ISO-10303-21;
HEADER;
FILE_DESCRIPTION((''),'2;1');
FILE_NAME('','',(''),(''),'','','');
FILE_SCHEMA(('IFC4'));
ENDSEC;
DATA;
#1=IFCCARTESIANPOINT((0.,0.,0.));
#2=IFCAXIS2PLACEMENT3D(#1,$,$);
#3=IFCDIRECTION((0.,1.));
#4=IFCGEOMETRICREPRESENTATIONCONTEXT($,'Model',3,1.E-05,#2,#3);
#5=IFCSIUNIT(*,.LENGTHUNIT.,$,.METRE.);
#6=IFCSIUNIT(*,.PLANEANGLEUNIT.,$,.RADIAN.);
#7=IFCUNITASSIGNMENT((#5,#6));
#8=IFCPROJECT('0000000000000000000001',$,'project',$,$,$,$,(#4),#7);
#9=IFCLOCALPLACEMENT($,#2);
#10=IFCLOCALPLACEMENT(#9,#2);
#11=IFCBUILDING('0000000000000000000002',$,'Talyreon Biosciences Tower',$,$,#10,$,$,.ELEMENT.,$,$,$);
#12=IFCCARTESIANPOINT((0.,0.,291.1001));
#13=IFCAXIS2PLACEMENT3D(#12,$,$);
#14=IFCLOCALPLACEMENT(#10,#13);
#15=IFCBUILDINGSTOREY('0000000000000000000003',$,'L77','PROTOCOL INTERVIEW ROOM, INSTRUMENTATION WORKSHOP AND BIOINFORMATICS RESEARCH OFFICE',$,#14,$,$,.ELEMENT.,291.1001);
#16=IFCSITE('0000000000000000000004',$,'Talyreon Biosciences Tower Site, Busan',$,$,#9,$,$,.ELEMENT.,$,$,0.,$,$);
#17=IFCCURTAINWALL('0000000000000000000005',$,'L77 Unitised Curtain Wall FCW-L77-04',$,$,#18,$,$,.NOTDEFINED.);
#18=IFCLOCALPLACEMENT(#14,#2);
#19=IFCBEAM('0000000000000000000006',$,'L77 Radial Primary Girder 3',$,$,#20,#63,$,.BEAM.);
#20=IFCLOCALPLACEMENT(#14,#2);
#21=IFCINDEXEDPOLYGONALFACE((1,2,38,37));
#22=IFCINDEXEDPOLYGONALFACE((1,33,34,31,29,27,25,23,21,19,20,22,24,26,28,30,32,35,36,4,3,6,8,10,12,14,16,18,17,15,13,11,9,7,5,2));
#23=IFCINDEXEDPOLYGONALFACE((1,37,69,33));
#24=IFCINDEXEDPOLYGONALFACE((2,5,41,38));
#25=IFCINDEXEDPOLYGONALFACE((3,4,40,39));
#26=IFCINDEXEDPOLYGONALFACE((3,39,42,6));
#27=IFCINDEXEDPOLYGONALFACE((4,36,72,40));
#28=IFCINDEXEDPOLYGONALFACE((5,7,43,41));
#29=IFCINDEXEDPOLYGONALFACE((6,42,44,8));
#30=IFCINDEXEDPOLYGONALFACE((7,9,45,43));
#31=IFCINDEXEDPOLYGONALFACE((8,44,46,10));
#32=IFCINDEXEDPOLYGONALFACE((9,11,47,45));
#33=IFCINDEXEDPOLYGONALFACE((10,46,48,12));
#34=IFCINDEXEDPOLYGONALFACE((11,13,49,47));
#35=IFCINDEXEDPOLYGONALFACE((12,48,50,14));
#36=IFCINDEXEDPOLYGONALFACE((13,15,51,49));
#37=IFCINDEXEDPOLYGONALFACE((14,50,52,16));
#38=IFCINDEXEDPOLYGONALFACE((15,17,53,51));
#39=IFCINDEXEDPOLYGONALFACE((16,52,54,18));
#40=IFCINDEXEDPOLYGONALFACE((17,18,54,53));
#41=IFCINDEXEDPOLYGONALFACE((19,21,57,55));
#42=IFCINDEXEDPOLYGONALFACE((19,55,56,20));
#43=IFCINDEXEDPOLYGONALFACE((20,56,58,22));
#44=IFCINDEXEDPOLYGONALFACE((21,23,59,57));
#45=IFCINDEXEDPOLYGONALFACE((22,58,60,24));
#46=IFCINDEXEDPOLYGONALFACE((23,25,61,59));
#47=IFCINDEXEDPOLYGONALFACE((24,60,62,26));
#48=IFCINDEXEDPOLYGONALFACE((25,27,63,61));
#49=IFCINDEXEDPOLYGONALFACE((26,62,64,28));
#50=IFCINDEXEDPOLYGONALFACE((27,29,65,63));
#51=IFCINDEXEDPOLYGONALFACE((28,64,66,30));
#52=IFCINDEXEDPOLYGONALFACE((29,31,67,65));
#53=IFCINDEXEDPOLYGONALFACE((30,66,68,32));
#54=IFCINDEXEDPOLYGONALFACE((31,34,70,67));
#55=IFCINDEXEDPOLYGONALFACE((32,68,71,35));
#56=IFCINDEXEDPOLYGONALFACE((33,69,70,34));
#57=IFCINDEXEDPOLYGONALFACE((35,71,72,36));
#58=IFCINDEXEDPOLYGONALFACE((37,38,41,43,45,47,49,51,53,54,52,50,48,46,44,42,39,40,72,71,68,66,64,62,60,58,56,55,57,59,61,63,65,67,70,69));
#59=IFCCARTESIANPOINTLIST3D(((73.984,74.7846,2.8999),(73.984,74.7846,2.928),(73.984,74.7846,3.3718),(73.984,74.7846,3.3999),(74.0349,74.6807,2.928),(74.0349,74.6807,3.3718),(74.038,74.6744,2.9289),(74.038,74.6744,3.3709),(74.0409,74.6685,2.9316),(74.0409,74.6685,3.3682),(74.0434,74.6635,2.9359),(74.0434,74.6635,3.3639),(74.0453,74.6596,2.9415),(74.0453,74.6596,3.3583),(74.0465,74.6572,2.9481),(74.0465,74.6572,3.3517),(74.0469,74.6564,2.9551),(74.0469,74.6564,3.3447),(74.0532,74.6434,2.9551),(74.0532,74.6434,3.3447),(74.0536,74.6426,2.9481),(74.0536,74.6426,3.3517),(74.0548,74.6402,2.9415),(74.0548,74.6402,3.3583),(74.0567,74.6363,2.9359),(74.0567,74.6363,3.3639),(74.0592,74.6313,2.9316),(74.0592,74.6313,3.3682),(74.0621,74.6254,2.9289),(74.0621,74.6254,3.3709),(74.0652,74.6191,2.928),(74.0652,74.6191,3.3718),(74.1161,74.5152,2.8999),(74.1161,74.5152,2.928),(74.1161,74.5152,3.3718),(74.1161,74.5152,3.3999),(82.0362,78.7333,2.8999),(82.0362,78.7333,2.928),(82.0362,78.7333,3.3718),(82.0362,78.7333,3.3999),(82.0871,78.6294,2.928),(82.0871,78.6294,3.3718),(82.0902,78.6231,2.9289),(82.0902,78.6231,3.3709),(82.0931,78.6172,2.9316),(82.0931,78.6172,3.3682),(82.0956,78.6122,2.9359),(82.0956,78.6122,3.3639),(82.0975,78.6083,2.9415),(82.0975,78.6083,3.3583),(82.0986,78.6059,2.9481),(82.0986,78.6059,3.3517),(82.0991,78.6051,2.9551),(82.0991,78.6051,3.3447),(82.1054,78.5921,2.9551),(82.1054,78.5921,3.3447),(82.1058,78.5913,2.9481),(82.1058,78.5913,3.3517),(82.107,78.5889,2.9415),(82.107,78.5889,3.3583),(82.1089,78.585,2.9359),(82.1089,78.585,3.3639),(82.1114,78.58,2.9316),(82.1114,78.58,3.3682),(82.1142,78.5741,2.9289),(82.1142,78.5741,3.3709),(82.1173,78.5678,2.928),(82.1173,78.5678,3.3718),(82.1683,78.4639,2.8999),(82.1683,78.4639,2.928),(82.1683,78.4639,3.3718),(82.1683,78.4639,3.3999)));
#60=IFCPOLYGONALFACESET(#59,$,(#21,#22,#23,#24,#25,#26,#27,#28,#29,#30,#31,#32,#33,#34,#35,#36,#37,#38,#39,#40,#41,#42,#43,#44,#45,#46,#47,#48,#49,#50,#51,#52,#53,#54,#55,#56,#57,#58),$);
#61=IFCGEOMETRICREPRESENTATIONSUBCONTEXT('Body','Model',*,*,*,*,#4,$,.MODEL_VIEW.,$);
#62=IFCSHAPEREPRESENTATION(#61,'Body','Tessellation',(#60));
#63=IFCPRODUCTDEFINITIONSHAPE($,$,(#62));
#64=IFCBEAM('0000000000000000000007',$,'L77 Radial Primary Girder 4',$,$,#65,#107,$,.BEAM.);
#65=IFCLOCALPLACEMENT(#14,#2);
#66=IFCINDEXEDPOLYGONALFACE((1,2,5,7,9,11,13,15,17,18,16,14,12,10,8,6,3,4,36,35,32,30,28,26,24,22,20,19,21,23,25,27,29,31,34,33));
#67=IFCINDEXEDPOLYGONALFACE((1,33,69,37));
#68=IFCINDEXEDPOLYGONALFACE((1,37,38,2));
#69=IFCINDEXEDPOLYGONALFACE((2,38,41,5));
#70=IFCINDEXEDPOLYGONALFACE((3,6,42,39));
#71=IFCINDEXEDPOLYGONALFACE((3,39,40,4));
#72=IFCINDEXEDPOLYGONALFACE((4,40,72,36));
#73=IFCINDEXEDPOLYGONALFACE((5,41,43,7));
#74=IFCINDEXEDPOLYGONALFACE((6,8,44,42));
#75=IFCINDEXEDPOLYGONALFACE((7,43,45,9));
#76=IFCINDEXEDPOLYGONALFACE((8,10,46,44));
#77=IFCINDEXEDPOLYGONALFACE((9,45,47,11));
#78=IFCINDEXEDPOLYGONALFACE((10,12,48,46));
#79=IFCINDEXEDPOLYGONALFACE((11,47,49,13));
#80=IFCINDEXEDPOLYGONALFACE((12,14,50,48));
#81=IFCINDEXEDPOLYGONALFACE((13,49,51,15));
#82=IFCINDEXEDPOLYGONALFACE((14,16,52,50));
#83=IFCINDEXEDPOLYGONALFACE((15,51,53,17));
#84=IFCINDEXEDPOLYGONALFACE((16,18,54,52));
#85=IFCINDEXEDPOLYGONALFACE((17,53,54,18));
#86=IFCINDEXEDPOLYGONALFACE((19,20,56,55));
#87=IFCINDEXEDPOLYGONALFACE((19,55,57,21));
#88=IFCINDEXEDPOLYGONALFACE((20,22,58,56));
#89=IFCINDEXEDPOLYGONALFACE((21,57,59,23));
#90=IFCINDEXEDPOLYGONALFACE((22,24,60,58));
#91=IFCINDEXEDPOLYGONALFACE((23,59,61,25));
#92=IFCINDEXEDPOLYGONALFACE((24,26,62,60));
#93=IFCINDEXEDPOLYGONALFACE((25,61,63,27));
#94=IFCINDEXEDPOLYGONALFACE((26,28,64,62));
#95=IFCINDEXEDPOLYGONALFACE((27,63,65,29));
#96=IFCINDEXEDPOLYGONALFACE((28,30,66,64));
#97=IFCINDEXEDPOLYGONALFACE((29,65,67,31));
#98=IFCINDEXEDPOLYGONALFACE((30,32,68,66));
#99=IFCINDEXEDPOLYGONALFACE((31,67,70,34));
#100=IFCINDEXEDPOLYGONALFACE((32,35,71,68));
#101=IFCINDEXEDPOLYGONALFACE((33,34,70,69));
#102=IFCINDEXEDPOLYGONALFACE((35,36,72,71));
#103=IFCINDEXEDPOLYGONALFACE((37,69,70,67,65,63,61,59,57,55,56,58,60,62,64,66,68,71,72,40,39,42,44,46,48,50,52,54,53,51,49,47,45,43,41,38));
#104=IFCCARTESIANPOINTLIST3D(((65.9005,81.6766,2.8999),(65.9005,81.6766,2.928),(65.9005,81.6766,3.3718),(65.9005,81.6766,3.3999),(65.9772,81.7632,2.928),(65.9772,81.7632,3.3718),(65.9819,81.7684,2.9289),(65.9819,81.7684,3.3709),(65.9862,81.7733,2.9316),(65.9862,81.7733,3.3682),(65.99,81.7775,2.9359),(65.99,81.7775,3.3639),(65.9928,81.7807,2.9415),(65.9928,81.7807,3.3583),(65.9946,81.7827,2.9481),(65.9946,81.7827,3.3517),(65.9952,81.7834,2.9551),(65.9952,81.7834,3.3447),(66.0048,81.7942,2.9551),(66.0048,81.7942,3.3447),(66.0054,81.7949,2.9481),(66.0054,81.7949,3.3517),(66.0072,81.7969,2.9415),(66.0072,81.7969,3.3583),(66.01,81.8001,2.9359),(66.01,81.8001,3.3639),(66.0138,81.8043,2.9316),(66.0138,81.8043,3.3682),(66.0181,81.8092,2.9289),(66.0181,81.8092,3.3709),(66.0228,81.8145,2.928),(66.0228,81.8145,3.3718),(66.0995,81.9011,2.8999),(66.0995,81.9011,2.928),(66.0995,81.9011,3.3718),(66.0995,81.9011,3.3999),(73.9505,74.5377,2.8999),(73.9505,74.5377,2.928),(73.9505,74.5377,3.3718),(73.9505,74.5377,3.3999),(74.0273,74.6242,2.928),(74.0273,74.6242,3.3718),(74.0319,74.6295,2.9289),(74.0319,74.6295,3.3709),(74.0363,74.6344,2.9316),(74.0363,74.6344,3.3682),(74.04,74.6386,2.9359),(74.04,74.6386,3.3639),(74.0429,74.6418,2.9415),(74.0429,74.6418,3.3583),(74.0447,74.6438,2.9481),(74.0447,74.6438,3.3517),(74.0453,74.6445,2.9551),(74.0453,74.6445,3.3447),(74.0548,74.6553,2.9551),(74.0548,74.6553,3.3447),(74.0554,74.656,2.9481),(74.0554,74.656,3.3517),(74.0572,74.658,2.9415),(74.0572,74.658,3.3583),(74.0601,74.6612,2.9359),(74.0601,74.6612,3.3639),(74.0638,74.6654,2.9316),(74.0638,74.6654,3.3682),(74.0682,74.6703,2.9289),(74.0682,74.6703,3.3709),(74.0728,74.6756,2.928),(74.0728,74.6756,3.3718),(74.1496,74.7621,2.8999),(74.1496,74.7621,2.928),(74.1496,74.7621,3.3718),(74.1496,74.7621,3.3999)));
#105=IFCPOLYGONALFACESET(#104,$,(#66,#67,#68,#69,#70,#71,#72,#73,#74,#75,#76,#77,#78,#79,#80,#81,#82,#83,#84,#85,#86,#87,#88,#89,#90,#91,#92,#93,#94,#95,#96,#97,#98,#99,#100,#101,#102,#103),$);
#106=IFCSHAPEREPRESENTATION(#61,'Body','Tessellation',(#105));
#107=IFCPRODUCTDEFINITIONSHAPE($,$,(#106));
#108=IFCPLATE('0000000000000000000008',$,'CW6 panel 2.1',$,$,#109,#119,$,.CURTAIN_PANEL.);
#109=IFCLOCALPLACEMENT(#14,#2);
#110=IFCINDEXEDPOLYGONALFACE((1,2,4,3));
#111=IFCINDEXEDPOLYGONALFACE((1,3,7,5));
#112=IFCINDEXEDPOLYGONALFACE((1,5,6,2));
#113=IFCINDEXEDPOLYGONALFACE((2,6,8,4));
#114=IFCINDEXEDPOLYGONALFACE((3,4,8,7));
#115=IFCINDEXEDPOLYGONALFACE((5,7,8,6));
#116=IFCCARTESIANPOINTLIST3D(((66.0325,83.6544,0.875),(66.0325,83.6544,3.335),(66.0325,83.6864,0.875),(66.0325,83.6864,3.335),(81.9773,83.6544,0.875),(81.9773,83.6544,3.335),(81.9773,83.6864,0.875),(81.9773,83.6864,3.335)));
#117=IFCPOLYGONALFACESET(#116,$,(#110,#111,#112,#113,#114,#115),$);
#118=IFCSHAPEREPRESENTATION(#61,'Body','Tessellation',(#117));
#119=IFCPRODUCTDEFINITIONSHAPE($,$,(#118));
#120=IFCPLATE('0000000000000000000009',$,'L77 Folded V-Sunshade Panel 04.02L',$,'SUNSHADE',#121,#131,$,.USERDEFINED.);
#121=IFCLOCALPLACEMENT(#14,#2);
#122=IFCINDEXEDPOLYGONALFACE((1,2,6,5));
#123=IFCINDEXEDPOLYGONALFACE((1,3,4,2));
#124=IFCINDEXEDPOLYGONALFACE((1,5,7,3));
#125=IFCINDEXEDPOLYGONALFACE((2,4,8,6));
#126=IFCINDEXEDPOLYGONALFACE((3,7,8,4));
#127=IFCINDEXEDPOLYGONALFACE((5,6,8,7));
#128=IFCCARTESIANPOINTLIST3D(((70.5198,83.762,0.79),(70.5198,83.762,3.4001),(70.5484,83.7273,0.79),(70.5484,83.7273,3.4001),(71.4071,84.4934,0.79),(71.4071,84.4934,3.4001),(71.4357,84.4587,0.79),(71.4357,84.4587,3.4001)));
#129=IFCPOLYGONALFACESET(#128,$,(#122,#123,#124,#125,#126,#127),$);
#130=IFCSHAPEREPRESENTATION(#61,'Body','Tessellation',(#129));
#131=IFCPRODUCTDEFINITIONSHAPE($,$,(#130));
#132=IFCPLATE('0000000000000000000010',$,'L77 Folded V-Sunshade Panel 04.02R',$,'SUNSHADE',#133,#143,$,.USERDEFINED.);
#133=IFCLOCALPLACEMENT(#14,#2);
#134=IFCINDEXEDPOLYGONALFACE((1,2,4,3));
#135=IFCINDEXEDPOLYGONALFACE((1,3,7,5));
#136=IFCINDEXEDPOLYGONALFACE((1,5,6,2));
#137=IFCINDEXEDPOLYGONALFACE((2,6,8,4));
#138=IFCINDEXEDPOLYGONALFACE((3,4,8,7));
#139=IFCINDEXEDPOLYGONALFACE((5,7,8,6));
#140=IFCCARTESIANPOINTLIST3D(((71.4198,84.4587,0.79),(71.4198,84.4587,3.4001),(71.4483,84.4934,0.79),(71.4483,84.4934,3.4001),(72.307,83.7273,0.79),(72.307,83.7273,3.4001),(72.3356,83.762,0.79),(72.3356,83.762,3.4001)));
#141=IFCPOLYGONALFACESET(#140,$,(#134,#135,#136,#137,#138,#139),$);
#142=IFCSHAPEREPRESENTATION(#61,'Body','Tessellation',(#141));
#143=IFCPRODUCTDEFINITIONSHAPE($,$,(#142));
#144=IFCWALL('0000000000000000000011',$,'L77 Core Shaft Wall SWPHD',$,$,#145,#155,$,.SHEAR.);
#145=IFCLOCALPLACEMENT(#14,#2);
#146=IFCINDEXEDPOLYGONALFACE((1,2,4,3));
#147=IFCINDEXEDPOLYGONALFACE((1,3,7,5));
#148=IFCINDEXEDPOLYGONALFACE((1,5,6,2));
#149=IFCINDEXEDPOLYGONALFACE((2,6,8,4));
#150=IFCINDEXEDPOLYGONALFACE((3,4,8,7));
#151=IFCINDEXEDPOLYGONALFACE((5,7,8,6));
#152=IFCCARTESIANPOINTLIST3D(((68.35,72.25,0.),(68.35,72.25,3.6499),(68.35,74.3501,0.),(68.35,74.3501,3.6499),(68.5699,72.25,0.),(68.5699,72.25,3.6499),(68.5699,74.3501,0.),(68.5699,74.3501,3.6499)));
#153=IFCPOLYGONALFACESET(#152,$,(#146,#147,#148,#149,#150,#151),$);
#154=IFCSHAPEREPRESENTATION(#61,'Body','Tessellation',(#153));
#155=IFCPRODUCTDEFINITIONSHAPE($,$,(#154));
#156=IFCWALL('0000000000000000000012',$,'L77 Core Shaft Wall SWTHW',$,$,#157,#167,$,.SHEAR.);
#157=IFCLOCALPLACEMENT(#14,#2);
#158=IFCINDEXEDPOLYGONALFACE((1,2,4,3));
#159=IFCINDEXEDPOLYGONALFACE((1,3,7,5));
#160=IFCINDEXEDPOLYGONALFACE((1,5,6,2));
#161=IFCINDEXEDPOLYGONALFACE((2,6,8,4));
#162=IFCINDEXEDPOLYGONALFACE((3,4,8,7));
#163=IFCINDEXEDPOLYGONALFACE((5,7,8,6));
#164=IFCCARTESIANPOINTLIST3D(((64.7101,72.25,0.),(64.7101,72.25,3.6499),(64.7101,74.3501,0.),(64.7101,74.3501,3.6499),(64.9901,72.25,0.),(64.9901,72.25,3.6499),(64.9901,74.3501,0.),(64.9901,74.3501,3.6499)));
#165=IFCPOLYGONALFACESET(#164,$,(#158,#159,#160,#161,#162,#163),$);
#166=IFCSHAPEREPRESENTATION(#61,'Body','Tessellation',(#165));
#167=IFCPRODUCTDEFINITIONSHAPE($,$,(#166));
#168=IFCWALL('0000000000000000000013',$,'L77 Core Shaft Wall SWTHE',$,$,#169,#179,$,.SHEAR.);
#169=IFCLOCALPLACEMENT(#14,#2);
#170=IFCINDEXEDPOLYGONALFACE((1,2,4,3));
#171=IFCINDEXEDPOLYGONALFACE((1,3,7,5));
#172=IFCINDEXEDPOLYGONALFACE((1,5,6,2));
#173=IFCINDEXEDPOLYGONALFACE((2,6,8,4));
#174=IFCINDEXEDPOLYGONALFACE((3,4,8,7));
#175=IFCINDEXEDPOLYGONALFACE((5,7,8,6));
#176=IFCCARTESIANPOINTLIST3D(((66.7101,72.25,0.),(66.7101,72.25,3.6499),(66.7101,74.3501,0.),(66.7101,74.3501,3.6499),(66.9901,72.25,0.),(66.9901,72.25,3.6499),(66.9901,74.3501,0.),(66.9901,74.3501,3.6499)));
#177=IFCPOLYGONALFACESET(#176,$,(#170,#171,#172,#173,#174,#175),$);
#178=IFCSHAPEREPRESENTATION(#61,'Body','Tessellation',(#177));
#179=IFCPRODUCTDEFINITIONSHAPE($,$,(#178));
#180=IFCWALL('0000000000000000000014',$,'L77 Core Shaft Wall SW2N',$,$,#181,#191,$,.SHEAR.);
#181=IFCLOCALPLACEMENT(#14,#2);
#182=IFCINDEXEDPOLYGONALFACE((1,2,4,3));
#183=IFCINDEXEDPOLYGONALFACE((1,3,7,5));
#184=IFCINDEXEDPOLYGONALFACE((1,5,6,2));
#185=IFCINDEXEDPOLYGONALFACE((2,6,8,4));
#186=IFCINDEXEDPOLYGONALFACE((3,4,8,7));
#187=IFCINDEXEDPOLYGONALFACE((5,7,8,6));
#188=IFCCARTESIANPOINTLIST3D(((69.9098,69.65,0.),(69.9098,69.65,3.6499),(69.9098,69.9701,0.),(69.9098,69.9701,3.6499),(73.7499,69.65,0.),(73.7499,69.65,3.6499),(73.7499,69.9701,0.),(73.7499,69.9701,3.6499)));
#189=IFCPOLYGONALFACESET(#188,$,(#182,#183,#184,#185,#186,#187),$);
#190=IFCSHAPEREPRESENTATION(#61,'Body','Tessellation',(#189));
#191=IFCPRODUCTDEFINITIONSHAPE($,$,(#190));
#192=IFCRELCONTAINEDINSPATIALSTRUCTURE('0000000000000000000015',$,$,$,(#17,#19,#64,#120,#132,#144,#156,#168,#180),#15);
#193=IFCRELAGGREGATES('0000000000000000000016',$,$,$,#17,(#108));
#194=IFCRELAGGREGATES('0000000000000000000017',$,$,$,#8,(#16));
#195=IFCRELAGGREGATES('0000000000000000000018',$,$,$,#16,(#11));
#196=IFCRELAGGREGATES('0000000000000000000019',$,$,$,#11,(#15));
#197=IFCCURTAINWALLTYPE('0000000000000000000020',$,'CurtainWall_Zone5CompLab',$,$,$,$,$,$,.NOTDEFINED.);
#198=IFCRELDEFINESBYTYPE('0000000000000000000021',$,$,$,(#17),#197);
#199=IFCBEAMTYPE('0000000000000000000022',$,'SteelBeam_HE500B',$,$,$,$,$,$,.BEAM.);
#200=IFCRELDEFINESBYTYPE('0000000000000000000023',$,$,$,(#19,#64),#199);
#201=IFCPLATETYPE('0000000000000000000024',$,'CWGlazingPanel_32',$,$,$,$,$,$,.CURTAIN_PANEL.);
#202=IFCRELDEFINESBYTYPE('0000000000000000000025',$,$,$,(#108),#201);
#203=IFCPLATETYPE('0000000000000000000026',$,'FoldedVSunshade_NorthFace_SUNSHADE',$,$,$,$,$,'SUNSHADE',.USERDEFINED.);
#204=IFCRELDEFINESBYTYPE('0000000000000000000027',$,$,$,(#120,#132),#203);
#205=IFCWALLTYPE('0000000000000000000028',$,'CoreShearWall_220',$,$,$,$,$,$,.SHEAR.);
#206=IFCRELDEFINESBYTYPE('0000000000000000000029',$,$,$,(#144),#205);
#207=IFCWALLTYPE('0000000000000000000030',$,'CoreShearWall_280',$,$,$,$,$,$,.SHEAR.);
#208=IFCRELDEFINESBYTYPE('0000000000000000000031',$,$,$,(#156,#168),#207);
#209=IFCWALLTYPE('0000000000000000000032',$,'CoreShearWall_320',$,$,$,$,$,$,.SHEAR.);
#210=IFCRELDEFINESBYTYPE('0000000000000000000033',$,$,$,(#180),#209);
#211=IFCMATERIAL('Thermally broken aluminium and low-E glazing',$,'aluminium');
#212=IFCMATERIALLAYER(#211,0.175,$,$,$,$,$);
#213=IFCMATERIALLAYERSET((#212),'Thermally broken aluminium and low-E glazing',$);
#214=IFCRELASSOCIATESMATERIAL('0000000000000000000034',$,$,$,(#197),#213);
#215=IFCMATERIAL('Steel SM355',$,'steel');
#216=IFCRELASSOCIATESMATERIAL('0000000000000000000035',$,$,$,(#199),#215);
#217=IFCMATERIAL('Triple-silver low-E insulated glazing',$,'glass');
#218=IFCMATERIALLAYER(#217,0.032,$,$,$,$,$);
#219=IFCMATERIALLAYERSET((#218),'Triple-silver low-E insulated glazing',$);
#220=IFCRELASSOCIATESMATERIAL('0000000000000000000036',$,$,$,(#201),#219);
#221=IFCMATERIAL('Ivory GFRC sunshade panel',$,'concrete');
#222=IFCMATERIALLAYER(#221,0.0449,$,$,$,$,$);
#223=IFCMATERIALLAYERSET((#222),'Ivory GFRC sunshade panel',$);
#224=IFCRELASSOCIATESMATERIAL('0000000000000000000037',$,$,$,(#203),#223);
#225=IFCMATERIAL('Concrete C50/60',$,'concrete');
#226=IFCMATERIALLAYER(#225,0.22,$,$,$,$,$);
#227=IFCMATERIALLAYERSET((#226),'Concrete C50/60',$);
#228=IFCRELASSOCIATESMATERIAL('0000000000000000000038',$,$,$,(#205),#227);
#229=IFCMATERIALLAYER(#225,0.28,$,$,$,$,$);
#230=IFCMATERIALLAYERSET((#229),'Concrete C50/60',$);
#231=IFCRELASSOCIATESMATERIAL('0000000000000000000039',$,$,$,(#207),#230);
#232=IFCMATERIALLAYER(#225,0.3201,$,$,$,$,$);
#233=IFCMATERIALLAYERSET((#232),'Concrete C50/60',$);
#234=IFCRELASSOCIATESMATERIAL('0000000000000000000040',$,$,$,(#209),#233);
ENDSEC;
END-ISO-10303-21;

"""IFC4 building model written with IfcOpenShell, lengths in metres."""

from ifc_helpers import new_model, si_unit, direction, frame, frame_2d, origin, origin_2d, place, context, subcontext, project, spatial, rectangle, i_section, extrude, material, layer, layer_set, material_profile, profile_set, type_object, element, aggregate, save


model = new_model("IFC4")

# Units and contexts
model_context = context("Model", 3, precision=1e-05, world=origin(), true_north=direction((0.0, 1.0)))
body_context = subcontext(model_context, "Body", "Model", "MODEL_VIEW")
ifc_project = project(units=[si_unit("LENGTHUNIT", "METRE"), si_unit("PLANEANGLEUNIT", "RADIAN")], contexts=[model_context])

# Site, building, storey
site_placement = place(None, origin())
site = spatial("IfcSite", under=ifc_project, at=site_placement, Name="Talyreon Biosciences Tower Site, Busan", CompositionType="ELEMENT", RefElevation=0.0)
building_placement = place(site_placement, origin())
building = spatial("IfcBuilding", under=site, at=building_placement, Name="Talyreon Biosciences Tower", CompositionType="ELEMENT")
storey_placement = place(building_placement, frame((0.0, 0.0, 291.1001)))
storey = spatial("IfcBuildingStorey", under=building, at=storey_placement, Name="L77", Description="PROTOCOL INTERVIEW ROOM, INSTRUMENTATION WORKSHOP AND BIOINFORMATICS RESEARCH OFFICE", CompositionType="ELEMENT", Elevation=291.1001)

# Shared definitions
ifc_material_1 = material(Name="Concrete C50/60", Category="concrete")

# Curtain wall
ifc_material_2 = material(Name="Thermally broken aluminium and low-E glazing", Category="aluminium")
ifc_layer_1 = layer(ifc_material_2, 0.175)
ifc_layer_set_1 = layer_set([ifc_layer_1], Name="Thermally broken aluminium and low-E glazing")
curtain_wall_type = type_object("IfcCurtainWallType", Name="CurtainWall_Zone5CompLab", PredefinedType="NOTDEFINED", material=ifc_layer_set_1)
curtain_wall_placement = place(storey_placement, origin())
curtain_wall = element("IfcCurtainWall", 1, at=curtain_wall_placement, inside=storey, type_object=curtain_wall_type, Name="L77 Unitised Curtain Wall FCW-L77-04", PredefinedType="NOTDEFINED")

# Beams
ifc_material_3 = material(Name="Steel SM355", Category="steel")
ifc_material_profile_1 = material_profile(ifc_material_3, i_section(OverallWidth=0.3, OverallDepth=0.5, WebThickness=0.0144, FlangeThickness=0.0281, FilletRadius=0.0271, at=origin_2d()), Name="HE500B")
ifc_profile_set_1 = profile_set([ifc_material_profile_1], Name="Steel SM355")
beam_type_1 = type_object("IfcBeamType", Name="SteelBeam_HE500B", PredefinedType="BEAM", material=ifc_profile_set_1)
beam_1_placement = place(storey_placement, frame((74.05, 74.6499, 3.1499), z_axis=(0.897852, 0.440297, 0.0), x_axis=(-0.440297, 0.897852, 0.0)))
element("IfcBeam", 2, at=beam_1_placement, inside=storey, type_object=beam_type_1, Name="L77 Radial Primary Girder 3", PredefinedType="BEAM", context=body_context, shape_type="SweptSolid", body=[
    extrude(i_section(OverallWidth=0.3, OverallDepth=0.5, WebThickness=0.0144, FlangeThickness=0.0281, FilletRadius=0.0271, at=origin_2d()), origin(), (0.0, 0.0, 1.0), 8.9683),
])
beam_2_placement = place(storey_placement, frame((74.05, 74.6499, 3.1499), z_axis=(-0.748179, 0.663497, 0.0), x_axis=(-0.663497, -0.748179, 0.0)))
element("IfcBeam", 3, at=beam_2_placement, inside=storey, type_object=beam_type_1, Name="L77 Radial Primary Girder 4", PredefinedType="BEAM", context=body_context, shape_type="SweptSolid", body=[
    extrude(i_section(OverallWidth=0.3, OverallDepth=0.5, WebThickness=0.0144, FlangeThickness=0.0281, FilletRadius=0.0271, at=origin_2d()), origin(), (0.0, 0.0, 1.0), 10.7595),
])

# Plate
ifc_material_4 = material(Name="Triple-silver low-E insulated glazing", Category="glass")
ifc_layer_2 = layer(ifc_material_4, 0.032)
ifc_layer_set_2 = layer_set([ifc_layer_2], Name="Triple-silver low-E insulated glazing")
plate_type_1 = type_object("IfcPlateType", Name="CWGlazingPanel_32", PredefinedType="CURTAIN_PANEL", material=ifc_layer_set_2)
plate_placement = place(storey_placement, frame((74.0049, 83.6704, 0.875), z_axis=(0.0, 0.0, 1.0), x_axis=(1.0, 0.0, 0.0)))
plate = element("IfcPlate", 4, at=plate_placement, type_object=plate_type_1, Name="CW6 panel 2.1", PredefinedType="CURTAIN_PANEL", context=body_context, shape_type="SweptSolid", body=[
    extrude(rectangle(XDim=15.9448, YDim=0.032, at=origin_2d()), origin(), (0.0, 0.0, 1.0), 2.46),
])
aggregate(curtain_wall, [plate])

# Plates
ifc_material_5 = material(Name="Ivory GFRC sunshade panel", Category="concrete")
ifc_layer_3 = layer(ifc_material_5, 0.0449)
ifc_layer_set_3 = layer_set([ifc_layer_3], Name="Ivory GFRC sunshade panel")
plate_type_2 = type_object("IfcPlateType", Name="FoldedVSunshade_NorthFace_SUNSHADE", ElementType="SUNSHADE", PredefinedType="USERDEFINED", material=ifc_layer_set_3)
for number, where, z_axis, x_axis, name in (
    (5, (70.9778, 84.1104, 0.79), (0.0, 0.0, 1.0), (0.771625, 0.636078, 0.0), "L77 Folded V-Sunshade Panel 04.02L"),
    (6, (71.8777, 84.1104, 0.79), (0.0, 0.0, 1.0), (0.771625, -0.636078, 0.0), "L77 Folded V-Sunshade Panel 04.02R"),
):
    element("IfcPlate", number, at=place(storey_placement, frame(where, z_axis=z_axis, x_axis=x_axis)), inside=storey, type_object=plate_type_2, Name=name, ObjectType="SUNSHADE", PredefinedType="USERDEFINED", context=body_context, shape_type="SweptSolid", body=[
        extrude(rectangle(XDim=1.1499, YDim=0.0449, at=origin_2d()), origin(), (0.0, 0.0, 1.0), 2.6101),
    ])

# Walls
ifc_layer_4 = layer(ifc_material_1, 0.22)
ifc_layer_set_4 = layer_set([ifc_layer_4], Name="Concrete C50/60")
wall_type_1 = type_object("IfcWallType", Name="CoreShearWall_220", PredefinedType="SHEAR", material=ifc_layer_set_4)
wall_1_placement = place(storey_placement, frame((68.46, 72.25, 0.0), z_axis=(0.0, 0.0, 1.0), x_axis=(0.0, 1.0, 0.0)))
element("IfcWall", 7, at=wall_1_placement, inside=storey, type_object=wall_type_1, Name="L77 Core Shaft Wall SWPHD", PredefinedType="SHEAR", context=body_context, shape_type="SweptSolid", body=[
    extrude(rectangle(XDim=2.1001, YDim=0.22, at=frame_2d((1.05, 0.0))), origin(), (0.0, 0.0, 1.0), 3.6499),
])
ifc_layer_5 = layer(ifc_material_1, 0.28)
ifc_layer_set_5 = layer_set([ifc_layer_5], Name="Concrete C50/60")
wall_type_2 = type_object("IfcWallType", Name="CoreShearWall_280", PredefinedType="SHEAR", material=ifc_layer_set_5)
for number, where, z_axis, x_axis, name in (
    (8, (64.8501, 72.25, 0.0), (0.0, 0.0, 1.0), (0.0, 1.0, 0.0), "L77 Core Shaft Wall SWTHW"),
    (9, (66.8501, 72.25, 0.0), (0.0, 0.0, 1.0), (0.0, 1.0, 0.0), "L77 Core Shaft Wall SWTHE"),
):
    element("IfcWall", number, at=place(storey_placement, frame(where, z_axis=z_axis, x_axis=x_axis)), inside=storey, type_object=wall_type_2, Name=name, PredefinedType="SHEAR", context=body_context, shape_type="SweptSolid", body=[
        extrude(rectangle(XDim=2.1001, YDim=0.28, at=frame_2d((1.05, 0.0))), origin(), (0.0, 0.0, 1.0), 3.6499),
    ])
ifc_layer_6 = layer(ifc_material_1, 0.3201)
ifc_layer_set_6 = layer_set([ifc_layer_6], Name="Concrete C50/60")
wall_type_3 = type_object("IfcWallType", Name="CoreShearWall_320", PredefinedType="SHEAR", material=ifc_layer_set_6)
wall_2_placement = place(storey_placement, frame((69.9099, 69.8101, 0.0), z_axis=(0.0, 0.0, 1.0), x_axis=(1.0, 0.0, 0.0)))
element("IfcWall", 10, at=wall_2_placement, inside=storey, type_object=wall_type_3, Name="L77 Core Shaft Wall SW2N", PredefinedType="SHEAR", context=body_context, shape_type="SweptSolid", body=[
    extrude(rectangle(XDim=3.8401, YDim=0.3201, at=frame_2d((1.9199, 0.0))), origin(), (0.0, 0.0, 1.0), 3.6499),
])

save(model, "model.ifc")
